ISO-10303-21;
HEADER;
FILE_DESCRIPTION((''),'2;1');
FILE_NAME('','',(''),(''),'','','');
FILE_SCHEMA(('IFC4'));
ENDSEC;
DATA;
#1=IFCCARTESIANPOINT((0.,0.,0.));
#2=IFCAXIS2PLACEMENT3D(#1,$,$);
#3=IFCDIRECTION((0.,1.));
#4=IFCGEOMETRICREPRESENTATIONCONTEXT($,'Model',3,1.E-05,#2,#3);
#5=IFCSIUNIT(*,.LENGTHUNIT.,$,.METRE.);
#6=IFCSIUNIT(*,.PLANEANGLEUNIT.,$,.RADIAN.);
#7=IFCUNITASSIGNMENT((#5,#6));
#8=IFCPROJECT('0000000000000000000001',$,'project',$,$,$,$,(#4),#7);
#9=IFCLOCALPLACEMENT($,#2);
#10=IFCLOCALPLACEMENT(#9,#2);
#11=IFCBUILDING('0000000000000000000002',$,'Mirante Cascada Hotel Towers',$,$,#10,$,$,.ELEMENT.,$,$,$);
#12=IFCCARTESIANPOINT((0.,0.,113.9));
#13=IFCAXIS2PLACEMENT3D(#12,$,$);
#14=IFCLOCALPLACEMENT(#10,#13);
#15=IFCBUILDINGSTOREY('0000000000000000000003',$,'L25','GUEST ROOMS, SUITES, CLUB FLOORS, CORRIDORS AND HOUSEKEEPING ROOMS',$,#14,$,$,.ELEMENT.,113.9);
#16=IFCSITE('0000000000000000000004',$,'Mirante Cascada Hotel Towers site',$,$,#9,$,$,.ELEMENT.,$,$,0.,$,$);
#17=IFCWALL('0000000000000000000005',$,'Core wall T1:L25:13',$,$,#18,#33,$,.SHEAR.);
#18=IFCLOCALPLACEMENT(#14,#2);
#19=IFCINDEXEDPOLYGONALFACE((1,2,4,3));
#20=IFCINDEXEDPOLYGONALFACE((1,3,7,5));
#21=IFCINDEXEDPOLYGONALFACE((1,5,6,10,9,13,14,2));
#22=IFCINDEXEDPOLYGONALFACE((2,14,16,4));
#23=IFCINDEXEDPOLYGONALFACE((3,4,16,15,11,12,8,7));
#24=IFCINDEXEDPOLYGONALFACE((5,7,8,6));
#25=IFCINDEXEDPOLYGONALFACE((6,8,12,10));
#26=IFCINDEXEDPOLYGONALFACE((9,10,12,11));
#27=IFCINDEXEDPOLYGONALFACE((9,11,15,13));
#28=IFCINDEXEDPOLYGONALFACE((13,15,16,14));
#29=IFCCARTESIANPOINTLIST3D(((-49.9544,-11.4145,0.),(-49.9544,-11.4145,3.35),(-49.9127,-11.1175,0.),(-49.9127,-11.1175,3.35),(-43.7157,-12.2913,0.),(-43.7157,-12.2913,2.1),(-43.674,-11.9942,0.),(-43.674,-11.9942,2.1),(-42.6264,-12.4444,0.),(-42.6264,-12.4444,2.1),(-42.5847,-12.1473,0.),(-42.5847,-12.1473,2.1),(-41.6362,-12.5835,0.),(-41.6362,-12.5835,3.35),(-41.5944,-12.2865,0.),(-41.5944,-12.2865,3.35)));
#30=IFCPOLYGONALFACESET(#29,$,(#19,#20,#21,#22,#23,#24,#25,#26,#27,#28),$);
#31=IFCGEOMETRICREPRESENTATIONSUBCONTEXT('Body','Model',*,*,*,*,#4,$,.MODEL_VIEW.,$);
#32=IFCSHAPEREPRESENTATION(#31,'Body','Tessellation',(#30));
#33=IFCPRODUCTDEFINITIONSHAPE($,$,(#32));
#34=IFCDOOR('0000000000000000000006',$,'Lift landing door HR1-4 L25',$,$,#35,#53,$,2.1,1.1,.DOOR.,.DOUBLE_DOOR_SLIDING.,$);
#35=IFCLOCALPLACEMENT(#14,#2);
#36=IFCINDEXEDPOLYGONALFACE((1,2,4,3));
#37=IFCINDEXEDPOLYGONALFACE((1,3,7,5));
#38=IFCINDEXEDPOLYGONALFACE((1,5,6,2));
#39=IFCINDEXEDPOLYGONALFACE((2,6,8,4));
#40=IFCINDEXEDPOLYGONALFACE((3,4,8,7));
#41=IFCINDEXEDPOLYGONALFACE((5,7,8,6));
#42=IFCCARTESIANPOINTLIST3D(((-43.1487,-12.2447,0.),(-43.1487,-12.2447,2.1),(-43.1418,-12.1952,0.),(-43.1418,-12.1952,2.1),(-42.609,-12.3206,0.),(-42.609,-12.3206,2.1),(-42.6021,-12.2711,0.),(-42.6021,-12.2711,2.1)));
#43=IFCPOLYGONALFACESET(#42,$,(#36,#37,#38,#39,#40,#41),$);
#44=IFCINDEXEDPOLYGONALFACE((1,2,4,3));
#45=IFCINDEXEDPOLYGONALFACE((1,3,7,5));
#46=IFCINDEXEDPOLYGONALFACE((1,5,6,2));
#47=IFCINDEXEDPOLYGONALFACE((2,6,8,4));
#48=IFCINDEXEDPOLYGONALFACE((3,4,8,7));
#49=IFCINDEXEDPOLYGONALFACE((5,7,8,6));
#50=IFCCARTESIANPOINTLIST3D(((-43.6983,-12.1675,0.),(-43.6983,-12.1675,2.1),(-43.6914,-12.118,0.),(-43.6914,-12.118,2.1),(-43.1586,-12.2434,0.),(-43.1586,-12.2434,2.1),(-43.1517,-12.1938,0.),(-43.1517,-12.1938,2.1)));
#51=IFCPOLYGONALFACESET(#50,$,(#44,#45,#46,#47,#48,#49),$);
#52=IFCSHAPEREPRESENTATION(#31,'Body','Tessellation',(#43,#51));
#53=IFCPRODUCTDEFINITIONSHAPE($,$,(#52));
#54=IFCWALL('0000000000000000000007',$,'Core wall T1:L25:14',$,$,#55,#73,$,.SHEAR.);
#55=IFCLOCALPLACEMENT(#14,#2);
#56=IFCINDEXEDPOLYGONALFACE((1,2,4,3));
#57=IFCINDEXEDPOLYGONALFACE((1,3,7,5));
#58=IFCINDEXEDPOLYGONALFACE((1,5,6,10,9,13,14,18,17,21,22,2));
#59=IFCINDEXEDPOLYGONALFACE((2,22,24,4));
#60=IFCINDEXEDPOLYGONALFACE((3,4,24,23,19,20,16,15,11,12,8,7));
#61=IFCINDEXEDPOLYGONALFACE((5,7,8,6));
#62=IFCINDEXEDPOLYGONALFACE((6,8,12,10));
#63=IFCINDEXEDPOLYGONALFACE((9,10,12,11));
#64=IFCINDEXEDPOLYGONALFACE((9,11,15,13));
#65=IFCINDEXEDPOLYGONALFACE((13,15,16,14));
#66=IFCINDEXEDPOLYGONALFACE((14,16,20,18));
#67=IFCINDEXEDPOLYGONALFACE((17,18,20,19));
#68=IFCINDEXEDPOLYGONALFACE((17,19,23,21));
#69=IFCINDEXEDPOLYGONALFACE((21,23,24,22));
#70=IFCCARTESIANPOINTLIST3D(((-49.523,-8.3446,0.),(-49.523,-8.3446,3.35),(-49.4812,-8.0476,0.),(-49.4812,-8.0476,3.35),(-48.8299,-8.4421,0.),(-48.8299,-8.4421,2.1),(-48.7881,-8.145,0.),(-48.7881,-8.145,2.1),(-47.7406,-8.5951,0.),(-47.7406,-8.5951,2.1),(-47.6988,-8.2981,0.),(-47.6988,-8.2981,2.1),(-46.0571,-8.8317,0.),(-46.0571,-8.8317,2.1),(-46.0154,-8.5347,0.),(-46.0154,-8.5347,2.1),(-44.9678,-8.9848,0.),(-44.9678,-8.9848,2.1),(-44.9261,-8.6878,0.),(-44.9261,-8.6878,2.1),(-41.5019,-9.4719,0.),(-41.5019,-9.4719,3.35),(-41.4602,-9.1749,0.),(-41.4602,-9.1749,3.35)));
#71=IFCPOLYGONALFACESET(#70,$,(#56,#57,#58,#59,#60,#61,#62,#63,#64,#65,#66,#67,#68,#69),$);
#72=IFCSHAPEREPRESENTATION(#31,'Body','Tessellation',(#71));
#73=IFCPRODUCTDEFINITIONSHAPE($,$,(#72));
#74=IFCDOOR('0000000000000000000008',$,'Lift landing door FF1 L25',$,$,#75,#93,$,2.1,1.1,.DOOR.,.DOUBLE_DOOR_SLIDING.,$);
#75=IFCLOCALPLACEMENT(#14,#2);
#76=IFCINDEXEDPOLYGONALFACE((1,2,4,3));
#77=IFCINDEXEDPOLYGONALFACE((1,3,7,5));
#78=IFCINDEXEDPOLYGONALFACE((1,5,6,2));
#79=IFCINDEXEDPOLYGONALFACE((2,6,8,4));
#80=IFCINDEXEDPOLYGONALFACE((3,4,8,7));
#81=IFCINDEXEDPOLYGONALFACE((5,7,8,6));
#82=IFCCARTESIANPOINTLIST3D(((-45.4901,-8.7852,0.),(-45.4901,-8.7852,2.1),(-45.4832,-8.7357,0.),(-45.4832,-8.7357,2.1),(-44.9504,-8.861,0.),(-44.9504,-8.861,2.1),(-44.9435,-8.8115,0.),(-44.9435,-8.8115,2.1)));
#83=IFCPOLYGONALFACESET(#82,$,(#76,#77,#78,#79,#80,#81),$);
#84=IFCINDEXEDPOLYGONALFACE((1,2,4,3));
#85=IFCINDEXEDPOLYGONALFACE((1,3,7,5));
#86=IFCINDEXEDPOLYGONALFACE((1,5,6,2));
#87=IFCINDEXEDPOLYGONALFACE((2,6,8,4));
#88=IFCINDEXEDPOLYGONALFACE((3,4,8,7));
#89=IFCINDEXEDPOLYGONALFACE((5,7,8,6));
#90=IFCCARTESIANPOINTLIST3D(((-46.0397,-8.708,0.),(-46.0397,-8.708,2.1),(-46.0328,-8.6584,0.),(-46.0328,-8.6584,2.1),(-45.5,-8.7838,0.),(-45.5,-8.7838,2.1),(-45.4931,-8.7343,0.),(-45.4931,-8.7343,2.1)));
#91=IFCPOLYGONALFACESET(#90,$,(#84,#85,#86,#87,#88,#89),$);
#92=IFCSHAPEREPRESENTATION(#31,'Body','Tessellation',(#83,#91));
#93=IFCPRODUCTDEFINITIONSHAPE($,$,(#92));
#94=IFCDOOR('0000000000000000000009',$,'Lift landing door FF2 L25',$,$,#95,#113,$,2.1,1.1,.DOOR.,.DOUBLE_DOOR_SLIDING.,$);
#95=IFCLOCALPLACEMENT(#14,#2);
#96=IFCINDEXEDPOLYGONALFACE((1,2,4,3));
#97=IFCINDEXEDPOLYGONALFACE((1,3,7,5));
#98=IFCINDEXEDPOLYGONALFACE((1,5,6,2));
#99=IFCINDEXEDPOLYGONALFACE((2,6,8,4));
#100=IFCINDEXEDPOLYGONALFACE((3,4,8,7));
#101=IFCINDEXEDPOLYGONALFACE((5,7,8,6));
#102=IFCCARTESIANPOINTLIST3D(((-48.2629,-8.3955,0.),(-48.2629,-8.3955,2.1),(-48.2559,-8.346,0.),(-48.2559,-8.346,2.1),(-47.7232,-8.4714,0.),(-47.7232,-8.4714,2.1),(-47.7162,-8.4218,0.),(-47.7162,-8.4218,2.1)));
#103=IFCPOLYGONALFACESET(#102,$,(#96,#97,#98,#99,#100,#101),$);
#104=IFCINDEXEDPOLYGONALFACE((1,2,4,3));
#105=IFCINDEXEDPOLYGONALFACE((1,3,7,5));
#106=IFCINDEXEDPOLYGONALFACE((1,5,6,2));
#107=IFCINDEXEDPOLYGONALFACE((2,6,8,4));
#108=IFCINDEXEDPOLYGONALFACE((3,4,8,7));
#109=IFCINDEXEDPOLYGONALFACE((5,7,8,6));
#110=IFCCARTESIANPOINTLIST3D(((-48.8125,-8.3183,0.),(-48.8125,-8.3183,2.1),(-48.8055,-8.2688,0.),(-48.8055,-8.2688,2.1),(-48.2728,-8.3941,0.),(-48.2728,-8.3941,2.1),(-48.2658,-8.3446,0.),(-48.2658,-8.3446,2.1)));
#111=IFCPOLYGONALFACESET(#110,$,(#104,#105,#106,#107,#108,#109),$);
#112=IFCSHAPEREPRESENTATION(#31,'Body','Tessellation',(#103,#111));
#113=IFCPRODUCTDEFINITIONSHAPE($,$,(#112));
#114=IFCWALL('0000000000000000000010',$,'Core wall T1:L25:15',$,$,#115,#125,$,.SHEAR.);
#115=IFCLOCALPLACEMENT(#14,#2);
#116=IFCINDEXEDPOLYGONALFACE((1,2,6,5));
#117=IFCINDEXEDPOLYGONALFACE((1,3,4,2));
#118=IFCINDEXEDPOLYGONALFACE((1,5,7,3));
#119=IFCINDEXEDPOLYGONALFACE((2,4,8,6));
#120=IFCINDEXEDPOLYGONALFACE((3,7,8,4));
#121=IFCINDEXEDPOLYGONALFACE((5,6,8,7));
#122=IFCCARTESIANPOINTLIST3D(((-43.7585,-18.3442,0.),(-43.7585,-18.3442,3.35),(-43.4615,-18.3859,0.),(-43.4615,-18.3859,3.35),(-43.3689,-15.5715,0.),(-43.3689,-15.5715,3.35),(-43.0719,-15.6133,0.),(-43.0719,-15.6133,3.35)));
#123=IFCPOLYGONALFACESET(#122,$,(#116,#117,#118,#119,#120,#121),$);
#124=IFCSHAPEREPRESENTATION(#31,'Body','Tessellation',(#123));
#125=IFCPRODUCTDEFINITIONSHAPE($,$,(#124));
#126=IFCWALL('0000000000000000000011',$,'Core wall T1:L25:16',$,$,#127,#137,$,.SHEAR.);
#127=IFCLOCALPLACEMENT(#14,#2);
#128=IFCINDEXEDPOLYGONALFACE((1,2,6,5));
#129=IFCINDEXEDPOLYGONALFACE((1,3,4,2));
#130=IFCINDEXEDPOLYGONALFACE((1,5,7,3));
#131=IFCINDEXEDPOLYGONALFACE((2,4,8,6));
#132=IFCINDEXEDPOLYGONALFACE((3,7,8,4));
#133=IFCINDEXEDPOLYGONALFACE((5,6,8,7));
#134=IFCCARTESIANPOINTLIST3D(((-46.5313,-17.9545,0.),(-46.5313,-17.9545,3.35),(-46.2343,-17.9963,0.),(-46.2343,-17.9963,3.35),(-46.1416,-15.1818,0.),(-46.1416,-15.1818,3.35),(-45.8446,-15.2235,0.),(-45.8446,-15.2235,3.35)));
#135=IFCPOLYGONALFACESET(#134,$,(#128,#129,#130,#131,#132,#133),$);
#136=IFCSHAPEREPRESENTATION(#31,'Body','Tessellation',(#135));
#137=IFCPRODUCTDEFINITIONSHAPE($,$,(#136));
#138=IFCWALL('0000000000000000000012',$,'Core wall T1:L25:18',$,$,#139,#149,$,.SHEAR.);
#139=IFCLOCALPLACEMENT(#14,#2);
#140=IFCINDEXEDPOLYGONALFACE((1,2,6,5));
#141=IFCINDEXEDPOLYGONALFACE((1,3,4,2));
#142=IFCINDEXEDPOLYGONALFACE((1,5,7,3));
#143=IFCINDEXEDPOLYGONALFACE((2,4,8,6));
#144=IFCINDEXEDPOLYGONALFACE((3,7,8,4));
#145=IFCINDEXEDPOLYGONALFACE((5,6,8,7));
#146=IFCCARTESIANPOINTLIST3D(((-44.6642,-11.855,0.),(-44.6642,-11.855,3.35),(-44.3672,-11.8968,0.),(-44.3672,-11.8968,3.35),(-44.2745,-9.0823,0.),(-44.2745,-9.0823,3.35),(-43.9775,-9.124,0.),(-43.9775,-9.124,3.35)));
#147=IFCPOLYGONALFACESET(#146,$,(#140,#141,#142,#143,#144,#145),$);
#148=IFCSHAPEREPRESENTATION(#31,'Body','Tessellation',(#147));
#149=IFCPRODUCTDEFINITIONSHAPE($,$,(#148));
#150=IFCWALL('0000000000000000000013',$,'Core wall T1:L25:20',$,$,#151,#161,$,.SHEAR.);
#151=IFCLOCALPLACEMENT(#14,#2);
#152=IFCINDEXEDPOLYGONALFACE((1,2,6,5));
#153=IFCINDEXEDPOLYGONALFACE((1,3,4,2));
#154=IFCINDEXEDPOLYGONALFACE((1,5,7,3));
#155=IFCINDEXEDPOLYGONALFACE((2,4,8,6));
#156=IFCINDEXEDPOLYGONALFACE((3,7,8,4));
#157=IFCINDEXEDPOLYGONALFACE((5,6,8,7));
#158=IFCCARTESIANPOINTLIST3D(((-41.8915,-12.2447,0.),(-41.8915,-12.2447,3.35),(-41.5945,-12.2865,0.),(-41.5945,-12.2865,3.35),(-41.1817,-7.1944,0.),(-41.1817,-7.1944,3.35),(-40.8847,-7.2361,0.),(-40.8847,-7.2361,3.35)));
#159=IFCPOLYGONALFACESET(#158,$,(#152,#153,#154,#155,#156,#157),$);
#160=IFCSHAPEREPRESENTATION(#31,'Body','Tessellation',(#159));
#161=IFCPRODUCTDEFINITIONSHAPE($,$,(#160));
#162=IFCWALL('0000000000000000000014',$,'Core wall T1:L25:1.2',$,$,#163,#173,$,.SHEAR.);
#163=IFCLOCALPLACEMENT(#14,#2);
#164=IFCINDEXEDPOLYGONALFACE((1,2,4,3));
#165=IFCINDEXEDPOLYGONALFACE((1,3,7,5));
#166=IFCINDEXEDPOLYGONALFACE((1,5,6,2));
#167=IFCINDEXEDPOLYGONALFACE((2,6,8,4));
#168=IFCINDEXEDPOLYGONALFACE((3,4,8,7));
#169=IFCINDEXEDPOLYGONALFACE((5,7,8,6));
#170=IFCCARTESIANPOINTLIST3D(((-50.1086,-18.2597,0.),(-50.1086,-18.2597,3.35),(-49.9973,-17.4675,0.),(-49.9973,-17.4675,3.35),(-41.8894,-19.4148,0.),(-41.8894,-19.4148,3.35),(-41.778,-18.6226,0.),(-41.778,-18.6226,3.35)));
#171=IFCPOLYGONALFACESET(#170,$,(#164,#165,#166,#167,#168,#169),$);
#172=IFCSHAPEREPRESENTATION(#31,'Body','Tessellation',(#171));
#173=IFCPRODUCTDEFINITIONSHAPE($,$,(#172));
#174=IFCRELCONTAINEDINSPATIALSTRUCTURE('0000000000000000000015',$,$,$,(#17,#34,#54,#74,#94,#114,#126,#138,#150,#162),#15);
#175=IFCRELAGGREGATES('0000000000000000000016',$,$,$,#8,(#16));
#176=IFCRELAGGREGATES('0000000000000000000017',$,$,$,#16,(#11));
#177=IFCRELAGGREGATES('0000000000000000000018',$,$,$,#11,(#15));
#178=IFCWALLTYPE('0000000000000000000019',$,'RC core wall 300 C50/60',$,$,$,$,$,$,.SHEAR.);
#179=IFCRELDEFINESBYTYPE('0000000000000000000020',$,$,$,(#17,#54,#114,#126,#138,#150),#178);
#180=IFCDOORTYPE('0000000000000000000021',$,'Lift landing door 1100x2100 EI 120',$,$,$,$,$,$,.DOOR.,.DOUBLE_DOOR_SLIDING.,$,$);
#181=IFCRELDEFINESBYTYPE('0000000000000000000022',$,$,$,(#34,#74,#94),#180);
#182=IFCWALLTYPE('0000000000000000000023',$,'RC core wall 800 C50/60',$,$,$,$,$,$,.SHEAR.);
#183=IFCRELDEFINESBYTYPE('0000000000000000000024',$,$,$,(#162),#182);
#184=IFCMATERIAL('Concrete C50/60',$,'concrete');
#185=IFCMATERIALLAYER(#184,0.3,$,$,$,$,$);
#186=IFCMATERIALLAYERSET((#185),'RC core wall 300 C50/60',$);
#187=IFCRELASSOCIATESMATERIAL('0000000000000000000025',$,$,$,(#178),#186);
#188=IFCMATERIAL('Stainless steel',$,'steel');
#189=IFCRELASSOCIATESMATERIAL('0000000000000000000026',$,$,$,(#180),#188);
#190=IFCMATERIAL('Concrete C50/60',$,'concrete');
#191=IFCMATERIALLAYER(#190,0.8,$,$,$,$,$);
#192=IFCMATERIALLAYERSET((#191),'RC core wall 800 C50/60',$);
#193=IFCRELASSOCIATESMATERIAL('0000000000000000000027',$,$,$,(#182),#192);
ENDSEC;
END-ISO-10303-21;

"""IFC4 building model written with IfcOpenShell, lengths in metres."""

from ifc_helpers import new_model, si_unit, direction, frame, frame_2d, origin, place, context, subcontext, project, spatial, rectangle, extrude, material, layer, layer_set, type_object, element, fill, save


model = new_model("IFC4")

# Units and contexts
model_context = context("Model", 3, precision=1e-05, world=origin(), true_north=direction((0.0, 1.0)))
body_context = subcontext(model_context, "Body", "Model", "MODEL_VIEW")
ifc_project = project(units=[si_unit("LENGTHUNIT", "METRE"), si_unit("PLANEANGLEUNIT", "RADIAN")], contexts=[model_context])

# Site, building, storey
site_placement = place(None, origin())
site = spatial("IfcSite", under=ifc_project, at=site_placement, Name="Mirante Cascada Hotel Towers site", CompositionType="ELEMENT", RefElevation=0.0)
building_placement = place(site_placement, origin())
building = spatial("IfcBuilding", under=site, at=building_placement, Name="Mirante Cascada Hotel Towers", CompositionType="ELEMENT")
storey_placement = place(building_placement, frame((0.0, 0.0, 113.9)))
storey = spatial("IfcBuildingStorey", under=building, at=storey_placement, Name="L25", Description="GUEST ROOMS, SUITES, CLUB FLOORS, CORRIDORS AND HOUSEKEEPING ROOMS", CompositionType="ELEMENT", Elevation=113.9)

# Shared definitions
ifc_material_1 = material(Name="Concrete C50/60", Category="concrete")
ifc_layer_1 = layer(ifc_material_1, 0.3)
ifc_layer_set_1 = layer_set([ifc_layer_1], Name="RC core wall 300 C50/60")
wall_type_1 = type_object("IfcWallType", Name="RC core wall 300 C50/60", PredefinedType="SHEAR", material=ifc_layer_set_1)

# Shared definitions
ifc_material_2 = material(Name="Stainless steel", Category="steel")
door_type_1 = type_object("IfcDoorType", Name="Lift landing door 1100x2100 EI 120", OperationType="DOUBLE_DOOR_SLIDING", PredefinedType="DOOR", material=ifc_material_2)

# Wall, opening, door
wall_1_placement = place(storey_placement, frame((-41.6153, -12.435, 0.0), z_axis=(0.0, 0.0, 1.0), x_axis=(-0.990269, 0.139166, 0.0)))
wall_1 = element("IfcWall", 1, at=wall_1_placement, inside=storey, type_object=wall_type_1, Name="Core wall T1:L25:13", PredefinedType="SHEAR", context=body_context, shape_type="SweptSolid", body=[
    extrude(rectangle(XDim=8.4, YDim=0.3, at=frame_2d((4.2, 0.0))), origin(), (0.0, 0.0, 1.0), 3.35),
])
opening_1_placement = place(wall_1_placement, frame((1.0, 0.0, 0.0)))
opening_1 = element("IfcOpeningElement", 2, at=opening_1_placement, cuts=wall_1, PredefinedType="OPENING", context=body_context, shape_type="SweptSolid", body=[
    extrude(rectangle(XDim=1.1, YDim=2.1, at=frame_2d((0.55, 1.05))), frame((0.0, 0.15, 0.0), z_axis=(0.0, -1.0, 0.0), x_axis=(1.0, 0.0, 0.0)), (0.0, 0.0, 1.0), 0.3),
])
door_1_placement = place(opening_1_placement, origin())
door_1 = element("IfcDoor", 3, at=door_1_placement, inside=storey, type_object=door_type_1, Name="Lift landing door HR1-4 L25", OperationType="DOUBLE_DOOR_SLIDING", OverallHeight=2.1, OverallWidth=1.1, PredefinedType="DOOR", context=body_context, shape_type="SweptSolid", body=[
    extrude(rectangle(XDim=0.545, YDim=2.1, at=frame_2d((0.2725, 1.05))), frame((0.0, 0.025, 0.0), z_axis=(0.0, -1.0, 0.0), x_axis=(1.0, 0.0, 0.0)), (0.0, 0.0, 1.0), 0.05),
    extrude(rectangle(XDim=0.545, YDim=2.1, at=frame_2d((0.8275, 1.05))), frame((0.0, 0.025, 0.0), z_axis=(0.0, -1.0, 0.0), x_axis=(1.0, 0.0, 0.0)), (0.0, 0.0, 1.0), 0.05),
])
fill(opening_1, door_1)

# Wall, openings, doors
wall_2_placement = place(storey_placement, frame((-41.481, -9.3234, 0.0), z_axis=(0.0, 0.0, 1.0), x_axis=(-0.990268, 0.139174, 0.0)))
wall_2 = element("IfcWall", 4, at=wall_2_placement, inside=storey, type_object=wall_type_1, Name="Core wall T1:L25:14", PredefinedType="SHEAR", context=body_context, shape_type="SweptSolid", body=[
    extrude(rectangle(XDim=8.0999, YDim=0.3, at=frame_2d((4.05, 0.0))), origin(), (0.0, 0.0, 1.0), 3.35),
])
opening_2_placement = place(wall_2_placement, frame((3.5, 0.0, 0.0)))
opening_2 = element("IfcOpeningElement", 5, at=opening_2_placement, cuts=wall_2, PredefinedType="OPENING", context=body_context, shape_type="SweptSolid", body=[
    extrude(rectangle(XDim=1.1, YDim=2.1, at=frame_2d((0.55, 1.05))), frame((0.0, 0.15, 0.0), z_axis=(0.0, -1.0, 0.0), x_axis=(1.0, 0.0, 0.0)), (0.0, 0.0, 1.0), 0.3),
])
opening_3_placement = place(wall_2_placement, frame((6.3, 0.0, 0.0)))
opening_3 = element("IfcOpeningElement", 6, at=opening_3_placement, cuts=wall_2, PredefinedType="OPENING", context=body_context, shape_type="SweptSolid", body=[
    extrude(rectangle(XDim=1.1, YDim=2.1, at=frame_2d((0.55, 1.05))), frame((0.0, 0.15, 0.0), z_axis=(0.0, -1.0, 0.0), x_axis=(1.0, 0.0, 0.0)), (0.0, 0.0, 1.0), 0.3),
])
door_2_placement = place(opening_2_placement, origin())
door_2 = element("IfcDoor", 7, at=door_2_placement, inside=storey, type_object=door_type_1, Name="Lift landing door FF1 L25", OperationType="DOUBLE_DOOR_SLIDING", OverallHeight=2.1, OverallWidth=1.1, PredefinedType="DOOR", context=body_context, shape_type="SweptSolid", body=[
    extrude(rectangle(XDim=0.545, YDim=2.1, at=frame_2d((0.2725, 1.05))), frame((0.0, 0.025, 0.0), z_axis=(0.0, -1.0, 0.0), x_axis=(1.0, 0.0, 0.0)), (0.0, 0.0, 1.0), 0.05),
    extrude(rectangle(XDim=0.545, YDim=2.1, at=frame_2d((0.8275, 1.05))), frame((0.0, 0.025, 0.0), z_axis=(0.0, -1.0, 0.0), x_axis=(1.0, 0.0, 0.0)), (0.0, 0.0, 1.0), 0.05),
])
fill(opening_2, door_2)
door_3_placement = place(opening_3_placement, origin())
door_3 = element("IfcDoor", 8, at=door_3_placement, inside=storey, type_object=door_type_1, Name="Lift landing door FF2 L25", OperationType="DOUBLE_DOOR_SLIDING", OverallHeight=2.1, OverallWidth=1.1, PredefinedType="DOOR", context=body_context, shape_type="SweptSolid", body=[
    extrude(rectangle(XDim=0.545, YDim=2.1, at=frame_2d((0.2725, 1.05))), frame((0.0, 0.025, 0.0), z_axis=(0.0, -1.0, 0.0), x_axis=(1.0, 0.0, 0.0)), (0.0, 0.0, 1.0), 0.05),
    extrude(rectangle(XDim=0.545, YDim=2.1, at=frame_2d((0.8275, 1.05))), frame((0.0, 0.025, 0.0), z_axis=(0.0, -1.0, 0.0), x_axis=(1.0, 0.0, 0.0)), (0.0, 0.0, 1.0), 0.05),
])
fill(opening_3, door_3)

# Walls
wall_3_placement = place(storey_placement, frame((-43.61, -18.3651, 0.0), z_axis=(0.0, 0.0, 1.0), x_axis=(0.139146, 0.990272, 0.0)))
element("IfcWall", 9, at=wall_3_placement, inside=storey, type_object=wall_type_1, Name="Core wall T1:L25:15", PredefinedType="SHEAR", context=body_context, shape_type="SweptSolid", body=[
    extrude(rectangle(XDim=2.7999, YDim=0.3, at=frame_2d((1.4, 0.0))), origin(), (0.0, 0.0, 1.0), 3.35),
])
for number, where, z_axis, x_axis, name in (
    (10, (-46.3828, -17.9754, 0.0), (0.0, 0.0, 1.0), (0.139181, 0.990267, 0.0), "Core wall T1:L25:16"),
    (11, (-44.5157, -11.8759, 0.0), (0.0, 0.0, 1.0), (0.139181, 0.990267, 0.0), "Core wall T1:L25:18"),
):
    element("IfcWall", number, at=place(storey_placement, frame(where, z_axis=z_axis, x_axis=x_axis)), inside=storey, type_object=wall_type_1, Name=name, PredefinedType="SHEAR", context=body_context, shape_type="SweptSolid", body=[
        extrude(rectangle(XDim=2.8, YDim=0.3, at=frame_2d((1.4, 0.0))), origin(), (0.0, 0.0, 1.0), 3.35),
    ])
wall_4_placement = place(storey_placement, frame((-41.743, -12.2656, 0.0), z_axis=(0.0, 0.0, 1.0), x_axis=(0.139176, 0.990268, 0.0)))
element("IfcWall", 12, at=wall_4_placement, inside=storey, type_object=wall_type_1, Name="Core wall T1:L25:20", PredefinedType="SHEAR", context=body_context, shape_type="SweptSolid", body=[
    extrude(rectangle(XDim=5.1, YDim=0.3, at=frame_2d((2.55, 0.0))), origin(), (0.0, 0.0, 1.0), 3.35),
])
ifc_material_3 = material(Name="Concrete C50/60", Category="concrete")
ifc_layer_2 = layer(ifc_material_3, 0.8)
ifc_layer_set_2 = layer_set([ifc_layer_2], Name="RC core wall 800 C50/60")
wall_type_2 = type_object("IfcWallType", Name="RC core wall 800 C50/60", PredefinedType="SHEAR", material=ifc_layer_set_2)
wall_5_placement = place(storey_placement, frame((-41.8337, -19.0187, 0.0), z_axis=(0.0, 0.0, 1.0), x_axis=(-0.990269, 0.139169, 0.0)))
element("IfcWall", 13, at=wall_5_placement, inside=storey, type_object=wall_type_2, Name="Core wall T1:L25:1.2", PredefinedType="SHEAR", context=body_context, shape_type="SweptSolid", body=[
    extrude(rectangle(XDim=8.3, YDim=0.8, at=frame_2d((4.15, 0.0))), origin(), (0.0, 0.0, 1.0), 3.35),
])

save(model, "model.ifc")
